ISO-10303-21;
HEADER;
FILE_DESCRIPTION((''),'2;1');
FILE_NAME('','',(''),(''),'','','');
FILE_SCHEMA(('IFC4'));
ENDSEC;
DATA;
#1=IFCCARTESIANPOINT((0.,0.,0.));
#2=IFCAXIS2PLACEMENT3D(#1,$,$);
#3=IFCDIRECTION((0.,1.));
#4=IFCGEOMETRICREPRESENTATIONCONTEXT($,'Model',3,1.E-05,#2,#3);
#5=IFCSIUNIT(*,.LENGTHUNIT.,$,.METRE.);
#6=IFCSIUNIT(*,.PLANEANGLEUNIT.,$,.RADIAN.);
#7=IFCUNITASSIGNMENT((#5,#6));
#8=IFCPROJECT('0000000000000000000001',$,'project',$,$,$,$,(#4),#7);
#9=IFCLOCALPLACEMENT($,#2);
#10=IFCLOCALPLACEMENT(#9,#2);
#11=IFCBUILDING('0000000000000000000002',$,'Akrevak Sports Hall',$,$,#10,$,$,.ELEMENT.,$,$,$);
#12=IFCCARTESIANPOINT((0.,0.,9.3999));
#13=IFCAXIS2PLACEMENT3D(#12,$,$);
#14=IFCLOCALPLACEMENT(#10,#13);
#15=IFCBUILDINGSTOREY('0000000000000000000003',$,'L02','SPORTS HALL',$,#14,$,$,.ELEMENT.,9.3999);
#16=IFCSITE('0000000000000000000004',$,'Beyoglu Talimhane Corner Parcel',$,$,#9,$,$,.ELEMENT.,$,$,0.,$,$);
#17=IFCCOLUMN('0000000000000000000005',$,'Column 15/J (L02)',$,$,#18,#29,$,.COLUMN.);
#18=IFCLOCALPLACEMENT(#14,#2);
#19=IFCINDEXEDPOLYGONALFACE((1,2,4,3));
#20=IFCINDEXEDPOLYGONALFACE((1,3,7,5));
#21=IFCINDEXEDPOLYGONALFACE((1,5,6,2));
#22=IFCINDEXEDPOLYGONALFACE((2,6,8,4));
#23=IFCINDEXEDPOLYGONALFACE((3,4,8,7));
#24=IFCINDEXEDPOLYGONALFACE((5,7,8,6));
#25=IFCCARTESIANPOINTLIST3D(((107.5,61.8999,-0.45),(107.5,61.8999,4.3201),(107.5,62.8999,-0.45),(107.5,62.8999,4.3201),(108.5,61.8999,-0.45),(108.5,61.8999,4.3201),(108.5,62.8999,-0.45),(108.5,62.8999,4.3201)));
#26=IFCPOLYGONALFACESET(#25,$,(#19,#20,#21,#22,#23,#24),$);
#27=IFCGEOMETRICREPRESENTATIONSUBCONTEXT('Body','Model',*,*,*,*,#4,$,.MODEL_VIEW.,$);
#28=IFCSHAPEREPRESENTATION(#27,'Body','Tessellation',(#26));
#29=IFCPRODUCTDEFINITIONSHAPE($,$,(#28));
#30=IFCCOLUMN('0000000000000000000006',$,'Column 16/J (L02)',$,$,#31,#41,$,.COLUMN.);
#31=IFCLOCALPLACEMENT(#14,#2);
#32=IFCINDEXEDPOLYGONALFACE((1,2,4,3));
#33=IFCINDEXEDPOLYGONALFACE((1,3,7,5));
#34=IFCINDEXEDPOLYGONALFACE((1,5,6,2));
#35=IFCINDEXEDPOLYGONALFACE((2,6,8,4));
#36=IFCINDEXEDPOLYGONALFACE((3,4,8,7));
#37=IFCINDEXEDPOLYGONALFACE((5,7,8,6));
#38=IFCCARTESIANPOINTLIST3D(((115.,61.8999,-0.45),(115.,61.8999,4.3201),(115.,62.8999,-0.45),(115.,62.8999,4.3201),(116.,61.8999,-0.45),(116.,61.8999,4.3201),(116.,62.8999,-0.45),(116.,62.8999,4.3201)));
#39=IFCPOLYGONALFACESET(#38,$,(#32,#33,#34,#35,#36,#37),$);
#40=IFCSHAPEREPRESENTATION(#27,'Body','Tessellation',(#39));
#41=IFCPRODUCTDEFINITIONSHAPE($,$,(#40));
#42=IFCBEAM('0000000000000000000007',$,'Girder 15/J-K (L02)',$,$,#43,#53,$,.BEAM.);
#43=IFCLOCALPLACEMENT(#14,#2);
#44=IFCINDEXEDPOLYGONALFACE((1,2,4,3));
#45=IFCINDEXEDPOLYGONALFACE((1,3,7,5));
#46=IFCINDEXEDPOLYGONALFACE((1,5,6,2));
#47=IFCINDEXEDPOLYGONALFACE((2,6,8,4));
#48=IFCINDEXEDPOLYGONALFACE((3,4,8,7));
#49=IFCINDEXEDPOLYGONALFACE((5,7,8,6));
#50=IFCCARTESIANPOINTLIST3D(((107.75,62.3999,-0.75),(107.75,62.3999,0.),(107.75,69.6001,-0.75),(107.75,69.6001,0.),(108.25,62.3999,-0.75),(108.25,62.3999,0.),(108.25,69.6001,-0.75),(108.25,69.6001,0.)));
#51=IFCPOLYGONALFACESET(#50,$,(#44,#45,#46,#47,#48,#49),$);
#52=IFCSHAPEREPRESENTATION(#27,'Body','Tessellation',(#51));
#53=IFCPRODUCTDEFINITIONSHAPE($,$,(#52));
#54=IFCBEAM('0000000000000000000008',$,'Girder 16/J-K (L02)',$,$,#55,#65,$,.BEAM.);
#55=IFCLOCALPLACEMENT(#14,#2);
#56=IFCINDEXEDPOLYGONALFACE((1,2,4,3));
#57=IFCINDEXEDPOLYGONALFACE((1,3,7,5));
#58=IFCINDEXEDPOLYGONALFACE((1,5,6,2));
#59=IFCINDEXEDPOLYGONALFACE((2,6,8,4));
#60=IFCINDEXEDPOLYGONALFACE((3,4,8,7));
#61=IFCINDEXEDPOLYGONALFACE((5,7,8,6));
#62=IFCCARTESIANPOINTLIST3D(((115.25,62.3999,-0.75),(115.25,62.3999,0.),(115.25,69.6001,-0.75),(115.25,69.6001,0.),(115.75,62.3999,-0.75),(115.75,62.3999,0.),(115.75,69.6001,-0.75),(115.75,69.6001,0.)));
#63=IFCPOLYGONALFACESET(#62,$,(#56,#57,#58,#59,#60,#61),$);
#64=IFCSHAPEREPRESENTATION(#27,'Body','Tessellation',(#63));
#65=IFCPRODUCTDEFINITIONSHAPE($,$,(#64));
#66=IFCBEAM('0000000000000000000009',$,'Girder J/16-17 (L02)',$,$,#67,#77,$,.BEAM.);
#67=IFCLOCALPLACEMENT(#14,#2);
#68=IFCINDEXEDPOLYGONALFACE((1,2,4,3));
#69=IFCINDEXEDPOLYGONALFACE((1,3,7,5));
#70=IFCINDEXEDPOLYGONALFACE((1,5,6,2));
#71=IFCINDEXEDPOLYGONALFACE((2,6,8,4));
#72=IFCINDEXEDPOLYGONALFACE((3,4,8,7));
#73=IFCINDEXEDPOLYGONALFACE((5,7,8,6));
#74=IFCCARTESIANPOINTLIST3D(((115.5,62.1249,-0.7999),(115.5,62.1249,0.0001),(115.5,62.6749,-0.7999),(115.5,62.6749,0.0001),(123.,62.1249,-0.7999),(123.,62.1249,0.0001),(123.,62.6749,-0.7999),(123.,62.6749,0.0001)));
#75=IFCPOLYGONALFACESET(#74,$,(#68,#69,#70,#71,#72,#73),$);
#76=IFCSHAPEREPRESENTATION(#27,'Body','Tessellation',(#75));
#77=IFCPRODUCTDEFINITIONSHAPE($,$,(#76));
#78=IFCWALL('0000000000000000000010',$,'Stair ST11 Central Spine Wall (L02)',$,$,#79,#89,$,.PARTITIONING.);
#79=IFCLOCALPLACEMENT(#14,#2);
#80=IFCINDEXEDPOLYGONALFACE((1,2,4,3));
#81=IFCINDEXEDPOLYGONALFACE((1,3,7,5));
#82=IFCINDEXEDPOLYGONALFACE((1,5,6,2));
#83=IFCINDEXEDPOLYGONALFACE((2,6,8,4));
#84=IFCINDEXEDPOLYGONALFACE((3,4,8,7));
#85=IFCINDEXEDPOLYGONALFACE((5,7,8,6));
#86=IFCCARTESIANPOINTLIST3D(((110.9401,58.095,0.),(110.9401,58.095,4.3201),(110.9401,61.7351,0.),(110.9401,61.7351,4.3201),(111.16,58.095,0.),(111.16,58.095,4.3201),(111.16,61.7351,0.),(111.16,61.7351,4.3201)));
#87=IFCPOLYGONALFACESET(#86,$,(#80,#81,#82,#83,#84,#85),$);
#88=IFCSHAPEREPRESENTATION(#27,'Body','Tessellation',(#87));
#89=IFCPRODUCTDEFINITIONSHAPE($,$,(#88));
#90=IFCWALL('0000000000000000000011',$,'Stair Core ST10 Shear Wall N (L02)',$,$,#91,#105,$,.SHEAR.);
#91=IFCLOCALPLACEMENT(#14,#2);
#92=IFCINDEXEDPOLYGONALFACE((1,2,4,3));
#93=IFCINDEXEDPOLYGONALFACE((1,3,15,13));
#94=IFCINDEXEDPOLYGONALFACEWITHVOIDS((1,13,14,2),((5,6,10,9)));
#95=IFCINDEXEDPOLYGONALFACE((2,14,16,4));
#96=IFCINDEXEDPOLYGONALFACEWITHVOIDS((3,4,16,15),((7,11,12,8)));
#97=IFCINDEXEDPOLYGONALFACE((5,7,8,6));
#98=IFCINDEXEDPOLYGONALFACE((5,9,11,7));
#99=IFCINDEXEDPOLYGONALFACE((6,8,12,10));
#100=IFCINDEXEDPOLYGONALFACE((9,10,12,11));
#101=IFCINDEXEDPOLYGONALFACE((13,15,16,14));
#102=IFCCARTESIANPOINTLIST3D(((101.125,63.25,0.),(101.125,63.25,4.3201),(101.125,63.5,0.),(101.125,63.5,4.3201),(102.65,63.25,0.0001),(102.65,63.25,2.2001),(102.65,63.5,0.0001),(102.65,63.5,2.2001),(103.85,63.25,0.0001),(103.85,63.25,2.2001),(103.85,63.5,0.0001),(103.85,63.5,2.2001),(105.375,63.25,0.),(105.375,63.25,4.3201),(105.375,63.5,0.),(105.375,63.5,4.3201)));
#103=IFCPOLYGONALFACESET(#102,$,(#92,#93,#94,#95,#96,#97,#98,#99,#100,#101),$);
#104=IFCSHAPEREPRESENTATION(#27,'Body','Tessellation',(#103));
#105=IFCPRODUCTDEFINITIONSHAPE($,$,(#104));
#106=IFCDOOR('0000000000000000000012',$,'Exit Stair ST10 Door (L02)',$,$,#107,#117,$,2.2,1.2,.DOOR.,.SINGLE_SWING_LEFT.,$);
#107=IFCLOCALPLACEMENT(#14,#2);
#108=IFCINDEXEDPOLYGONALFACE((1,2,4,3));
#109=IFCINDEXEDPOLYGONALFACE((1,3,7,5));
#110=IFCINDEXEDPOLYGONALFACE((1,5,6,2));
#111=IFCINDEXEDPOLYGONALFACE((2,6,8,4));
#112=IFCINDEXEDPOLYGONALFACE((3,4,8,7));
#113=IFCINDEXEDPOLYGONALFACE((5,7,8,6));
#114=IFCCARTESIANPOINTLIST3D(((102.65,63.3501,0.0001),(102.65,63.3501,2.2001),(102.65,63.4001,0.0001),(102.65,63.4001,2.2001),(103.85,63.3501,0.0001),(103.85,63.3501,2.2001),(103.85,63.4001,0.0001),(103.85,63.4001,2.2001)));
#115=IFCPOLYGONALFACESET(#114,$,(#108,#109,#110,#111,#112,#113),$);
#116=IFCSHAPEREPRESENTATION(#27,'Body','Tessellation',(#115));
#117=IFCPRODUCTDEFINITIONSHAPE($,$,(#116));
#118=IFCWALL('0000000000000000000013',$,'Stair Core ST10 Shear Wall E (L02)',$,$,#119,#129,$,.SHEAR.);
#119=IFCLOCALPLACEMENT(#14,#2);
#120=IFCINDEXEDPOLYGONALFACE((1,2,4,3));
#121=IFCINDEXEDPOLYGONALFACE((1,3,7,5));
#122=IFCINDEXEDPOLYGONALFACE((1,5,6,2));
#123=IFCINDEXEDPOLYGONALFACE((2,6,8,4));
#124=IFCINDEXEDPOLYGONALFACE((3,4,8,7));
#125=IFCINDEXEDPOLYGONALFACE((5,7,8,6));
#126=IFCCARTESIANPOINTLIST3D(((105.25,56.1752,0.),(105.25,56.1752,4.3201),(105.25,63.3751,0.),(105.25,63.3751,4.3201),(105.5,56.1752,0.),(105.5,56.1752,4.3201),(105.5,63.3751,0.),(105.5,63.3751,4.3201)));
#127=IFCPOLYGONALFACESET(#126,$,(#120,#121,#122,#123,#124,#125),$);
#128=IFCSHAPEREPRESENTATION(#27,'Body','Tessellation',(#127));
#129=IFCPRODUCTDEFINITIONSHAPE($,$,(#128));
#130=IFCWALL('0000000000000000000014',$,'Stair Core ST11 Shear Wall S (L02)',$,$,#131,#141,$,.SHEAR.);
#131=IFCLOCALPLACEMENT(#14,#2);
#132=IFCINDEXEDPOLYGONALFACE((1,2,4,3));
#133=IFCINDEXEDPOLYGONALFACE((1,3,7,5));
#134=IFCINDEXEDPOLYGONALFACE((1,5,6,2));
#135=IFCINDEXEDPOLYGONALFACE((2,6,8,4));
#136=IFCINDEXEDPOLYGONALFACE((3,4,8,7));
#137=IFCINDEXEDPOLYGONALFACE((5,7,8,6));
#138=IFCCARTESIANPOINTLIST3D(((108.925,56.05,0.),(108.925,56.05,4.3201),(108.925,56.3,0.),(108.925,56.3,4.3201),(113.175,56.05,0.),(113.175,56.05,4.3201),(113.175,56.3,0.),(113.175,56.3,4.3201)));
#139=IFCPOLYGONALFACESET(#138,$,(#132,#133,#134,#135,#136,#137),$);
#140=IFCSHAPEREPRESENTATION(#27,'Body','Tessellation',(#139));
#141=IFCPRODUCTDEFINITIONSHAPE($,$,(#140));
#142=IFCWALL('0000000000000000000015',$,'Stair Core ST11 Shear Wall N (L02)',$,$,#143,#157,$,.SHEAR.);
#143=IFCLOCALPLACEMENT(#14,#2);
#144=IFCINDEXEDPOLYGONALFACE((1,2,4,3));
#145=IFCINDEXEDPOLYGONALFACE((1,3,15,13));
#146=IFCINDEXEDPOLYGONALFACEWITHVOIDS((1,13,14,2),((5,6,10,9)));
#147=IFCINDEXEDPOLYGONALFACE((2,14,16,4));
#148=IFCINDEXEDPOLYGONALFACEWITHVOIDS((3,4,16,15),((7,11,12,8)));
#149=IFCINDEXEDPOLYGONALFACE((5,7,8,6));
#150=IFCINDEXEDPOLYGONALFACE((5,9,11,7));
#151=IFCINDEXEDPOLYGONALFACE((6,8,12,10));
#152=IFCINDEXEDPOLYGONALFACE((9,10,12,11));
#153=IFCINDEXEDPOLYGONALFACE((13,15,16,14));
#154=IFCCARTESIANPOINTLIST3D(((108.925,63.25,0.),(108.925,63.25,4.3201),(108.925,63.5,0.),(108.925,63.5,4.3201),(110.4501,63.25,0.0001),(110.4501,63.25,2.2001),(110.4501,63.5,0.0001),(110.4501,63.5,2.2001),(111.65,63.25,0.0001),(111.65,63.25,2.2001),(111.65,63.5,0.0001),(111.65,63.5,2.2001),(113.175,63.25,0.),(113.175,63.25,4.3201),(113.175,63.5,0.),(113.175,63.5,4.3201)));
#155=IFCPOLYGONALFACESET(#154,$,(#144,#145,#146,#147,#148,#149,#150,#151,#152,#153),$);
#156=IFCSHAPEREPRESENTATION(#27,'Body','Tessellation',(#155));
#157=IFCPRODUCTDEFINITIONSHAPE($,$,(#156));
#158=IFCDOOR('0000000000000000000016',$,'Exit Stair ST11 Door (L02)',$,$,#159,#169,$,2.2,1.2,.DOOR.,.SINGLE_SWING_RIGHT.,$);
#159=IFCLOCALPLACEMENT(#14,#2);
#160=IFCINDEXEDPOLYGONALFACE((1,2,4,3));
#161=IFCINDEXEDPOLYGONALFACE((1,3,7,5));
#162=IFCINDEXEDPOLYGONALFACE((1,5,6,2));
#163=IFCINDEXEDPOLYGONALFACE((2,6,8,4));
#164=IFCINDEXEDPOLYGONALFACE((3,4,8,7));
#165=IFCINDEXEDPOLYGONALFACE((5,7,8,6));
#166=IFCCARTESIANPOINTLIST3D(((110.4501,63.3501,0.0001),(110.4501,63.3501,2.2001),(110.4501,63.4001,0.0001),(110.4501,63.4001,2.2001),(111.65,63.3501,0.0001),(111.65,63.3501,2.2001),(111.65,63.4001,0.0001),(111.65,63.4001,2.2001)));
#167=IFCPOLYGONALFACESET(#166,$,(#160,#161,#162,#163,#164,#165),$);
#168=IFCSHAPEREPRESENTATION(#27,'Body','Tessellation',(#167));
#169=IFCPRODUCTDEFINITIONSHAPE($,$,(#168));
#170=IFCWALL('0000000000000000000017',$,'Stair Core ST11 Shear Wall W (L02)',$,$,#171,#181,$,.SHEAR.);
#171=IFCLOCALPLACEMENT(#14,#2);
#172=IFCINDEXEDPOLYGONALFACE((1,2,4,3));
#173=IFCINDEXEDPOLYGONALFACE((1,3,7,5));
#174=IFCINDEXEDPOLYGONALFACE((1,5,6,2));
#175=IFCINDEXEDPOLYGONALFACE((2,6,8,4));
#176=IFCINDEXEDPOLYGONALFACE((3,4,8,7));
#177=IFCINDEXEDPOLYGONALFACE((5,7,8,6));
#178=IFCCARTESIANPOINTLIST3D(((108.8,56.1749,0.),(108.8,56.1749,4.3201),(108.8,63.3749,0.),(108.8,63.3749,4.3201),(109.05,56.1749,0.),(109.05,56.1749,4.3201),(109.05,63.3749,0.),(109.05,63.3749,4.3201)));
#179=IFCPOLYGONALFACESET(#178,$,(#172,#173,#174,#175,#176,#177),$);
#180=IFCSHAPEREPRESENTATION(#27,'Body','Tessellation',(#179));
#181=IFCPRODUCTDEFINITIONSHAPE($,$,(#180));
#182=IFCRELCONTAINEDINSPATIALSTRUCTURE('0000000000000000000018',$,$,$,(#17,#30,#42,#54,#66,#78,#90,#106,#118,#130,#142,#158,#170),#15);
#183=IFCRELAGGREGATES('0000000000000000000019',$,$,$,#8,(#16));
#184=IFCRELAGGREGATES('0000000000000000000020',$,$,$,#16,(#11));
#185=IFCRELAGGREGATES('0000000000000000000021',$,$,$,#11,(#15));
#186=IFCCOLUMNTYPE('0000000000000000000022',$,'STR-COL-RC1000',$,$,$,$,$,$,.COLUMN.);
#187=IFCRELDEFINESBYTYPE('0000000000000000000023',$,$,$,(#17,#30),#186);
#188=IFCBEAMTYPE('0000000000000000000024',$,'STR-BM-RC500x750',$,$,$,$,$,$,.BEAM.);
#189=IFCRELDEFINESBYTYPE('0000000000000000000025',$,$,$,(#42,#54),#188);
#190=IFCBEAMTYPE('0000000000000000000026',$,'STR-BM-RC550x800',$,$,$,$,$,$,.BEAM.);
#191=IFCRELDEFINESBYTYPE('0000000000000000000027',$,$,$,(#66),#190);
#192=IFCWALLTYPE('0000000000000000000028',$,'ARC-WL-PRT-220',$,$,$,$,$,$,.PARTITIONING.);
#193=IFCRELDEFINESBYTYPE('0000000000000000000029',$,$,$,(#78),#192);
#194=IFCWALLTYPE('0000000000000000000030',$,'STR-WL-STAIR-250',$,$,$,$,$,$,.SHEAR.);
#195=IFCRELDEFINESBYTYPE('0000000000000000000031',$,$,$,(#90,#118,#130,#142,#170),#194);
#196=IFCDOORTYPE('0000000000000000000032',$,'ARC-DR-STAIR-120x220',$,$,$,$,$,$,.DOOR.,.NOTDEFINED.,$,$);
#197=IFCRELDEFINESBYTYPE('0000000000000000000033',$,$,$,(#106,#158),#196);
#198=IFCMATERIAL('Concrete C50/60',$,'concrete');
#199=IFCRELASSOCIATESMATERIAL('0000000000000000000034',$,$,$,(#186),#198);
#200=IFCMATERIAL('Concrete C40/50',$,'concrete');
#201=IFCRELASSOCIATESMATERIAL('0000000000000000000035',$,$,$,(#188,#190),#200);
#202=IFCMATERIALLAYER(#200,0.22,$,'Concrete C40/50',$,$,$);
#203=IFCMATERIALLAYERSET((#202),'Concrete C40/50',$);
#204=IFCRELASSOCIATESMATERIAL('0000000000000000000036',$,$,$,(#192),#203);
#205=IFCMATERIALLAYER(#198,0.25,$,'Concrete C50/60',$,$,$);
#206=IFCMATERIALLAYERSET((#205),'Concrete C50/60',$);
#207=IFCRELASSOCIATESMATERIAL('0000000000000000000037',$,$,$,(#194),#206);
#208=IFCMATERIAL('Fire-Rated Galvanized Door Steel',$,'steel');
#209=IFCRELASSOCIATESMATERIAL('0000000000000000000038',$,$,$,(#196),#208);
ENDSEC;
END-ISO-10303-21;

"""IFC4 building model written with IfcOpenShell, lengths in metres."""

from ifc_helpers import new_model, si_unit, direction, frame, frame_2d, origin, origin_2d, place, context, subcontext, project, spatial, rectangle, extrude, material, layer, layer_set, material_profile, profile_set, type_object, element, fill, save


model = new_model("IFC4")

# Units and contexts
model_context = context("Model", 3, precision=1e-05, world=origin(), true_north=direction((0.0, 1.0)))
body_context = subcontext(model_context, "Body", "Model", "MODEL_VIEW")
ifc_project = project(units=[si_unit("LENGTHUNIT", "METRE"), si_unit("PLANEANGLEUNIT", "RADIAN")], contexts=[model_context])

# Site, building, storey
site_placement = place(None, origin())
site = spatial("IfcSite", under=ifc_project, at=site_placement, Name="Beyoglu Talimhane Corner Parcel", CompositionType="ELEMENT", RefElevation=0.0)
building_placement = place(site_placement, origin())
building = spatial("IfcBuilding", under=site, at=building_placement, Name="Akrevak Sports Hall", CompositionType="ELEMENT")
storey_placement = place(building_placement, frame((0.0, 0.0, 9.3999)))
storey = spatial("IfcBuildingStorey", under=building, at=storey_placement, Name="L02", Description="SPORTS HALL", CompositionType="ELEMENT", Elevation=9.3999)

# Columns
ifc_material_1 = material(Name="Concrete C50/60", Category="concrete")
ifc_material_profile_1 = material_profile(ifc_material_1, rectangle(XDim=1.0, YDim=1.0, at=origin_2d()), Name="RC 1000x1000", Category="concrete")
ifc_profile_set_1 = profile_set([ifc_material_profile_1], Name="Concrete C50/60")
column_type = type_object("IfcColumnType", Name="STR-COL-RC1000", PredefinedType="COLUMN", material=ifc_profile_set_1)
for number, where, z_axis, x_axis, name in (
    (1, (108.0, 62.3999, -0.45), (0.0, 0.0, 1.0), (1.0, 0.0, 0.0), "Column 15/J (L02)"),
    (2, (115.5, 62.3999, -0.45), (0.0, 0.0, 1.0), (1.0, 0.0, 0.0), "Column 16/J (L02)"),
):
    element("IfcColumn", number, at=place(storey_placement, frame(where, z_axis=z_axis, x_axis=x_axis)), inside=storey, type_object=column_type, Name=name, PredefinedType="COLUMN", context=body_context, shape_type="SweptSolid", body=[
        extrude(rectangle(XDim=1.0, YDim=1.0, at=origin_2d()), origin(), (0.0, 0.0, 1.0), 4.77),
    ])

# Beams
ifc_material_2 = material(Name="Concrete C40/50", Category="concrete")
ifc_material_profile_2 = material_profile(ifc_material_2, rectangle(XDim=0.5, YDim=0.75, at=origin_2d()), Name="BM 500x750", Category="concrete")
ifc_profile_set_2 = profile_set([ifc_material_profile_2], Name="Concrete C40/50")
beam_type_1 = type_object("IfcBeamType", Name="STR-BM-RC500x750", PredefinedType="BEAM", material=ifc_profile_set_2)
for number, where, z_axis, x_axis, name in (
    (3, (108.0, 62.3999, -0.375), (0.0, 1.0, 0.0), (-1.0, 0.0, 0.0), "Girder 15/J-K (L02)"),
    (4, (115.5, 62.3999, -0.375), (0.0, 1.0, 0.0), (-1.0, 0.0, 0.0), "Girder 16/J-K (L02)"),
):
    element("IfcBeam", number, at=place(storey_placement, frame(where, z_axis=z_axis, x_axis=x_axis)), inside=storey, type_object=beam_type_1, Name=name, PredefinedType="BEAM", context=body_context, shape_type="SweptSolid", body=[
        extrude(rectangle(XDim=0.5, YDim=0.75, at=origin_2d()), origin(), (0.0, 0.0, 1.0), 7.2002),
    ])
ifc_material_profile_3 = material_profile(ifc_material_2, rectangle(XDim=0.55, YDim=0.8, at=origin_2d()), Name="BM 550x800", Category="concrete")
ifc_profile_set_3 = profile_set([ifc_material_profile_3], Name="Concrete C40/50")
beam_type_2 = type_object("IfcBeamType", Name="STR-BM-RC550x800", PredefinedType="BEAM", material=ifc_profile_set_3)
beam_placement = place(storey_placement, frame((115.5, 62.3999, -0.3999), z_axis=(1.0, 0.0, 0.0), x_axis=(0.0, 1.0, 0.0)))
element("IfcBeam", 5, at=beam_placement, inside=storey, type_object=beam_type_2, Name="Girder J/16-17 (L02)", PredefinedType="BEAM", context=body_context, shape_type="SweptSolid", body=[
    extrude(rectangle(XDim=0.55, YDim=0.8, at=origin_2d()), origin(), (0.0, 0.0, 1.0), 7.5),
])

# Wall
ifc_layer_1 = layer(ifc_material_2, 0.22, Name="Concrete C40/50")
ifc_layer_set_1 = layer_set([ifc_layer_1], Name="Concrete C40/50")
wall_type_1 = type_object("IfcWallType", Name="ARC-WL-PRT-220", PredefinedType="PARTITIONING", material=ifc_layer_set_1)
wall_1_placement = place(storey_placement, frame((111.05, 58.095, 0.0), z_axis=(0.0, 0.0, 1.0), x_axis=(0.0, 1.0, 0.0)))
element("IfcWall", 6, at=wall_1_placement, inside=storey, type_object=wall_type_1, Name="Stair ST11 Central Spine Wall (L02)", PredefinedType="PARTITIONING", context=body_context, shape_type="SweptSolid", body=[
    extrude(rectangle(XDim=3.6401, YDim=0.22, at=frame_2d((1.8201, 0.0))), origin(), (0.0, 0.0, 1.0), 4.3201),
])

# Wall, opening, door
ifc_layer_2 = layer(ifc_material_1, 0.25, Name="Concrete C50/60")
ifc_layer_set_2 = layer_set([ifc_layer_2], Name="Concrete C50/60")
wall_type_2 = type_object("IfcWallType", Name="STR-WL-STAIR-250", PredefinedType="SHEAR", material=ifc_layer_set_2)
wall_2_placement = place(storey_placement, frame((105.375, 63.375, 0.0), z_axis=(0.0, 0.0, 1.0), x_axis=(-1.0, 0.0, 0.0)))
wall_2 = element("IfcWall", 7, at=wall_2_placement, inside=storey, type_object=wall_type_2, Name="Stair Core ST10 Shear Wall N (L02)", PredefinedType="SHEAR", context=body_context, shape_type="SweptSolid", body=[
    extrude(rectangle(XDim=4.25, YDim=0.25, at=frame_2d((2.125, 0.0))), origin(), (0.0, 0.0, 1.0), 4.3201),
])
opening_1_placement = place(wall_2_placement, frame((1.5249, 0.0, 0.0)))
opening_1 = element("IfcOpeningElement", 8, at=opening_1_placement, cuts=wall_2, PredefinedType="OPENING", context=body_context, shape_type="SweptSolid", body=[
    extrude(rectangle(XDim=1.2, YDim=2.2, at=frame_2d((0.6001, 1.1001))), frame((0.0, 0.137, 0.0), z_axis=(0.0, -1.0, 0.0), x_axis=(1.0, 0.0, 0.0)), (0.0, 0.0, 1.0), 0.2739),
])
ifc_material_3 = material(Name="Fire-Rated Galvanized Door Steel", Category="steel")
door_type = type_object("IfcDoorType", Name="ARC-DR-STAIR-120x220", OperationType="NOTDEFINED", PredefinedType="DOOR", material=ifc_material_3)
door_1_placement = place(opening_1_placement, origin())
door_1 = element("IfcDoor", 9, at=door_1_placement, inside=storey, type_object=door_type, Name="Exit Stair ST10 Door (L02)", OperationType="SINGLE_SWING_LEFT", OverallHeight=2.2, OverallWidth=1.2, PredefinedType="DOOR", context=body_context, shape_type="SweptSolid", body=[
    extrude(rectangle(XDim=1.2, YDim=2.2, at=frame_2d((0.6001, 1.1001))), frame((0.0, 0.0249, 0.0), z_axis=(0.0, -1.0, 0.0), x_axis=(1.0, 0.0, 0.0)), (0.0, 0.0, 1.0), 0.05),
])
fill(opening_1, door_1)

# Walls
wall_3_placement = place(storey_placement, frame((105.375, 56.175, 0.0), z_axis=(0.0, 0.0, 1.0), x_axis=(0.0, 1.0, 0.0)))
element("IfcWall", 10, at=wall_3_placement, inside=storey, type_object=wall_type_2, Name="Stair Core ST10 Shear Wall E (L02)", PredefinedType="SHEAR", context=body_context, shape_type="SweptSolid", body=[
    extrude(rectangle(XDim=7.2, YDim=0.25, at=frame_2d((3.6001, 0.0))), origin(), (0.0, 0.0, 1.0), 4.3201),
])
wall_4_placement = place(storey_placement, frame((108.925, 56.175, 0.0), z_axis=(0.0, 0.0, 1.0), x_axis=(1.0, 0.0, 0.0)))
element("IfcWall", 11, at=wall_4_placement, inside=storey, type_object=wall_type_2, Name="Stair Core ST11 Shear Wall S (L02)", PredefinedType="SHEAR", context=body_context, shape_type="SweptSolid", body=[
    extrude(rectangle(XDim=4.25, YDim=0.25, at=frame_2d((2.125, 0.0))), origin(), (0.0, 0.0, 1.0), 4.3201),
])

# Wall, opening, door
wall_5_placement = place(storey_placement, frame((113.175, 63.375, 0.0), z_axis=(0.0, 0.0, 1.0), x_axis=(-1.0, 0.0, 0.0)))
wall_5 = element("IfcWall", 12, at=wall_5_placement, inside=storey, type_object=wall_type_2, Name="Stair Core ST11 Shear Wall N (L02)", PredefinedType="SHEAR", context=body_context, shape_type="SweptSolid", body=[
    extrude(rectangle(XDim=4.25, YDim=0.25, at=frame_2d((2.125, 0.0))), origin(), (0.0, 0.0, 1.0), 4.3201),
])
opening_2_placement = place(wall_5_placement, frame((1.5249, 0.0, 0.0)))
opening_2 = element("IfcOpeningElement", 13, at=opening_2_placement, cuts=wall_5, PredefinedType="OPENING", context=body_context, shape_type="SweptSolid", body=[
    extrude(rectangle(XDim=1.2, YDim=2.2, at=frame_2d((0.6001, 1.1001))), frame((0.0, 0.137, 0.0), z_axis=(0.0, -1.0, 0.0), x_axis=(1.0, 0.0, 0.0)), (0.0, 0.0, 1.0), 0.2739),
])
door_2_placement = place(opening_2_placement, origin())
door_2 = element("IfcDoor", 14, at=door_2_placement, inside=storey, type_object=door_type, Name="Exit Stair ST11 Door (L02)", OperationType="SINGLE_SWING_RIGHT", OverallHeight=2.2, OverallWidth=1.2, PredefinedType="DOOR", context=body_context, shape_type="SweptSolid", body=[
    extrude(rectangle(XDim=1.2, YDim=2.2, at=frame_2d((0.6001, 1.1001))), frame((0.0, 0.0249, 0.0), z_axis=(0.0, -1.0, 0.0), x_axis=(1.0, 0.0, 0.0)), (0.0, 0.0, 1.0), 0.05),
])
fill(opening_2, door_2)

# Wall
for number, where, z_axis, x_axis, name in (
    (15, (108.925, 63.375, 0.0), (0.0, 0.0, 1.0), (0.0, -1.0, 0.0), "Stair Core ST11 Shear Wall W (L02)"),
):
    element("IfcWall", number, at=place(storey_placement, frame(where, z_axis=z_axis, x_axis=x_axis)), inside=storey, type_object=wall_type_2, Name=name, PredefinedType="SHEAR", context=body_context, shape_type="SweptSolid", body=[
        extrude(rectangle(XDim=7.2, YDim=0.25, at=frame_2d((3.6001, 0.0))), origin(), (0.0, 0.0, 1.0), 4.3201),
    ])

save(model, "model.ifc")
